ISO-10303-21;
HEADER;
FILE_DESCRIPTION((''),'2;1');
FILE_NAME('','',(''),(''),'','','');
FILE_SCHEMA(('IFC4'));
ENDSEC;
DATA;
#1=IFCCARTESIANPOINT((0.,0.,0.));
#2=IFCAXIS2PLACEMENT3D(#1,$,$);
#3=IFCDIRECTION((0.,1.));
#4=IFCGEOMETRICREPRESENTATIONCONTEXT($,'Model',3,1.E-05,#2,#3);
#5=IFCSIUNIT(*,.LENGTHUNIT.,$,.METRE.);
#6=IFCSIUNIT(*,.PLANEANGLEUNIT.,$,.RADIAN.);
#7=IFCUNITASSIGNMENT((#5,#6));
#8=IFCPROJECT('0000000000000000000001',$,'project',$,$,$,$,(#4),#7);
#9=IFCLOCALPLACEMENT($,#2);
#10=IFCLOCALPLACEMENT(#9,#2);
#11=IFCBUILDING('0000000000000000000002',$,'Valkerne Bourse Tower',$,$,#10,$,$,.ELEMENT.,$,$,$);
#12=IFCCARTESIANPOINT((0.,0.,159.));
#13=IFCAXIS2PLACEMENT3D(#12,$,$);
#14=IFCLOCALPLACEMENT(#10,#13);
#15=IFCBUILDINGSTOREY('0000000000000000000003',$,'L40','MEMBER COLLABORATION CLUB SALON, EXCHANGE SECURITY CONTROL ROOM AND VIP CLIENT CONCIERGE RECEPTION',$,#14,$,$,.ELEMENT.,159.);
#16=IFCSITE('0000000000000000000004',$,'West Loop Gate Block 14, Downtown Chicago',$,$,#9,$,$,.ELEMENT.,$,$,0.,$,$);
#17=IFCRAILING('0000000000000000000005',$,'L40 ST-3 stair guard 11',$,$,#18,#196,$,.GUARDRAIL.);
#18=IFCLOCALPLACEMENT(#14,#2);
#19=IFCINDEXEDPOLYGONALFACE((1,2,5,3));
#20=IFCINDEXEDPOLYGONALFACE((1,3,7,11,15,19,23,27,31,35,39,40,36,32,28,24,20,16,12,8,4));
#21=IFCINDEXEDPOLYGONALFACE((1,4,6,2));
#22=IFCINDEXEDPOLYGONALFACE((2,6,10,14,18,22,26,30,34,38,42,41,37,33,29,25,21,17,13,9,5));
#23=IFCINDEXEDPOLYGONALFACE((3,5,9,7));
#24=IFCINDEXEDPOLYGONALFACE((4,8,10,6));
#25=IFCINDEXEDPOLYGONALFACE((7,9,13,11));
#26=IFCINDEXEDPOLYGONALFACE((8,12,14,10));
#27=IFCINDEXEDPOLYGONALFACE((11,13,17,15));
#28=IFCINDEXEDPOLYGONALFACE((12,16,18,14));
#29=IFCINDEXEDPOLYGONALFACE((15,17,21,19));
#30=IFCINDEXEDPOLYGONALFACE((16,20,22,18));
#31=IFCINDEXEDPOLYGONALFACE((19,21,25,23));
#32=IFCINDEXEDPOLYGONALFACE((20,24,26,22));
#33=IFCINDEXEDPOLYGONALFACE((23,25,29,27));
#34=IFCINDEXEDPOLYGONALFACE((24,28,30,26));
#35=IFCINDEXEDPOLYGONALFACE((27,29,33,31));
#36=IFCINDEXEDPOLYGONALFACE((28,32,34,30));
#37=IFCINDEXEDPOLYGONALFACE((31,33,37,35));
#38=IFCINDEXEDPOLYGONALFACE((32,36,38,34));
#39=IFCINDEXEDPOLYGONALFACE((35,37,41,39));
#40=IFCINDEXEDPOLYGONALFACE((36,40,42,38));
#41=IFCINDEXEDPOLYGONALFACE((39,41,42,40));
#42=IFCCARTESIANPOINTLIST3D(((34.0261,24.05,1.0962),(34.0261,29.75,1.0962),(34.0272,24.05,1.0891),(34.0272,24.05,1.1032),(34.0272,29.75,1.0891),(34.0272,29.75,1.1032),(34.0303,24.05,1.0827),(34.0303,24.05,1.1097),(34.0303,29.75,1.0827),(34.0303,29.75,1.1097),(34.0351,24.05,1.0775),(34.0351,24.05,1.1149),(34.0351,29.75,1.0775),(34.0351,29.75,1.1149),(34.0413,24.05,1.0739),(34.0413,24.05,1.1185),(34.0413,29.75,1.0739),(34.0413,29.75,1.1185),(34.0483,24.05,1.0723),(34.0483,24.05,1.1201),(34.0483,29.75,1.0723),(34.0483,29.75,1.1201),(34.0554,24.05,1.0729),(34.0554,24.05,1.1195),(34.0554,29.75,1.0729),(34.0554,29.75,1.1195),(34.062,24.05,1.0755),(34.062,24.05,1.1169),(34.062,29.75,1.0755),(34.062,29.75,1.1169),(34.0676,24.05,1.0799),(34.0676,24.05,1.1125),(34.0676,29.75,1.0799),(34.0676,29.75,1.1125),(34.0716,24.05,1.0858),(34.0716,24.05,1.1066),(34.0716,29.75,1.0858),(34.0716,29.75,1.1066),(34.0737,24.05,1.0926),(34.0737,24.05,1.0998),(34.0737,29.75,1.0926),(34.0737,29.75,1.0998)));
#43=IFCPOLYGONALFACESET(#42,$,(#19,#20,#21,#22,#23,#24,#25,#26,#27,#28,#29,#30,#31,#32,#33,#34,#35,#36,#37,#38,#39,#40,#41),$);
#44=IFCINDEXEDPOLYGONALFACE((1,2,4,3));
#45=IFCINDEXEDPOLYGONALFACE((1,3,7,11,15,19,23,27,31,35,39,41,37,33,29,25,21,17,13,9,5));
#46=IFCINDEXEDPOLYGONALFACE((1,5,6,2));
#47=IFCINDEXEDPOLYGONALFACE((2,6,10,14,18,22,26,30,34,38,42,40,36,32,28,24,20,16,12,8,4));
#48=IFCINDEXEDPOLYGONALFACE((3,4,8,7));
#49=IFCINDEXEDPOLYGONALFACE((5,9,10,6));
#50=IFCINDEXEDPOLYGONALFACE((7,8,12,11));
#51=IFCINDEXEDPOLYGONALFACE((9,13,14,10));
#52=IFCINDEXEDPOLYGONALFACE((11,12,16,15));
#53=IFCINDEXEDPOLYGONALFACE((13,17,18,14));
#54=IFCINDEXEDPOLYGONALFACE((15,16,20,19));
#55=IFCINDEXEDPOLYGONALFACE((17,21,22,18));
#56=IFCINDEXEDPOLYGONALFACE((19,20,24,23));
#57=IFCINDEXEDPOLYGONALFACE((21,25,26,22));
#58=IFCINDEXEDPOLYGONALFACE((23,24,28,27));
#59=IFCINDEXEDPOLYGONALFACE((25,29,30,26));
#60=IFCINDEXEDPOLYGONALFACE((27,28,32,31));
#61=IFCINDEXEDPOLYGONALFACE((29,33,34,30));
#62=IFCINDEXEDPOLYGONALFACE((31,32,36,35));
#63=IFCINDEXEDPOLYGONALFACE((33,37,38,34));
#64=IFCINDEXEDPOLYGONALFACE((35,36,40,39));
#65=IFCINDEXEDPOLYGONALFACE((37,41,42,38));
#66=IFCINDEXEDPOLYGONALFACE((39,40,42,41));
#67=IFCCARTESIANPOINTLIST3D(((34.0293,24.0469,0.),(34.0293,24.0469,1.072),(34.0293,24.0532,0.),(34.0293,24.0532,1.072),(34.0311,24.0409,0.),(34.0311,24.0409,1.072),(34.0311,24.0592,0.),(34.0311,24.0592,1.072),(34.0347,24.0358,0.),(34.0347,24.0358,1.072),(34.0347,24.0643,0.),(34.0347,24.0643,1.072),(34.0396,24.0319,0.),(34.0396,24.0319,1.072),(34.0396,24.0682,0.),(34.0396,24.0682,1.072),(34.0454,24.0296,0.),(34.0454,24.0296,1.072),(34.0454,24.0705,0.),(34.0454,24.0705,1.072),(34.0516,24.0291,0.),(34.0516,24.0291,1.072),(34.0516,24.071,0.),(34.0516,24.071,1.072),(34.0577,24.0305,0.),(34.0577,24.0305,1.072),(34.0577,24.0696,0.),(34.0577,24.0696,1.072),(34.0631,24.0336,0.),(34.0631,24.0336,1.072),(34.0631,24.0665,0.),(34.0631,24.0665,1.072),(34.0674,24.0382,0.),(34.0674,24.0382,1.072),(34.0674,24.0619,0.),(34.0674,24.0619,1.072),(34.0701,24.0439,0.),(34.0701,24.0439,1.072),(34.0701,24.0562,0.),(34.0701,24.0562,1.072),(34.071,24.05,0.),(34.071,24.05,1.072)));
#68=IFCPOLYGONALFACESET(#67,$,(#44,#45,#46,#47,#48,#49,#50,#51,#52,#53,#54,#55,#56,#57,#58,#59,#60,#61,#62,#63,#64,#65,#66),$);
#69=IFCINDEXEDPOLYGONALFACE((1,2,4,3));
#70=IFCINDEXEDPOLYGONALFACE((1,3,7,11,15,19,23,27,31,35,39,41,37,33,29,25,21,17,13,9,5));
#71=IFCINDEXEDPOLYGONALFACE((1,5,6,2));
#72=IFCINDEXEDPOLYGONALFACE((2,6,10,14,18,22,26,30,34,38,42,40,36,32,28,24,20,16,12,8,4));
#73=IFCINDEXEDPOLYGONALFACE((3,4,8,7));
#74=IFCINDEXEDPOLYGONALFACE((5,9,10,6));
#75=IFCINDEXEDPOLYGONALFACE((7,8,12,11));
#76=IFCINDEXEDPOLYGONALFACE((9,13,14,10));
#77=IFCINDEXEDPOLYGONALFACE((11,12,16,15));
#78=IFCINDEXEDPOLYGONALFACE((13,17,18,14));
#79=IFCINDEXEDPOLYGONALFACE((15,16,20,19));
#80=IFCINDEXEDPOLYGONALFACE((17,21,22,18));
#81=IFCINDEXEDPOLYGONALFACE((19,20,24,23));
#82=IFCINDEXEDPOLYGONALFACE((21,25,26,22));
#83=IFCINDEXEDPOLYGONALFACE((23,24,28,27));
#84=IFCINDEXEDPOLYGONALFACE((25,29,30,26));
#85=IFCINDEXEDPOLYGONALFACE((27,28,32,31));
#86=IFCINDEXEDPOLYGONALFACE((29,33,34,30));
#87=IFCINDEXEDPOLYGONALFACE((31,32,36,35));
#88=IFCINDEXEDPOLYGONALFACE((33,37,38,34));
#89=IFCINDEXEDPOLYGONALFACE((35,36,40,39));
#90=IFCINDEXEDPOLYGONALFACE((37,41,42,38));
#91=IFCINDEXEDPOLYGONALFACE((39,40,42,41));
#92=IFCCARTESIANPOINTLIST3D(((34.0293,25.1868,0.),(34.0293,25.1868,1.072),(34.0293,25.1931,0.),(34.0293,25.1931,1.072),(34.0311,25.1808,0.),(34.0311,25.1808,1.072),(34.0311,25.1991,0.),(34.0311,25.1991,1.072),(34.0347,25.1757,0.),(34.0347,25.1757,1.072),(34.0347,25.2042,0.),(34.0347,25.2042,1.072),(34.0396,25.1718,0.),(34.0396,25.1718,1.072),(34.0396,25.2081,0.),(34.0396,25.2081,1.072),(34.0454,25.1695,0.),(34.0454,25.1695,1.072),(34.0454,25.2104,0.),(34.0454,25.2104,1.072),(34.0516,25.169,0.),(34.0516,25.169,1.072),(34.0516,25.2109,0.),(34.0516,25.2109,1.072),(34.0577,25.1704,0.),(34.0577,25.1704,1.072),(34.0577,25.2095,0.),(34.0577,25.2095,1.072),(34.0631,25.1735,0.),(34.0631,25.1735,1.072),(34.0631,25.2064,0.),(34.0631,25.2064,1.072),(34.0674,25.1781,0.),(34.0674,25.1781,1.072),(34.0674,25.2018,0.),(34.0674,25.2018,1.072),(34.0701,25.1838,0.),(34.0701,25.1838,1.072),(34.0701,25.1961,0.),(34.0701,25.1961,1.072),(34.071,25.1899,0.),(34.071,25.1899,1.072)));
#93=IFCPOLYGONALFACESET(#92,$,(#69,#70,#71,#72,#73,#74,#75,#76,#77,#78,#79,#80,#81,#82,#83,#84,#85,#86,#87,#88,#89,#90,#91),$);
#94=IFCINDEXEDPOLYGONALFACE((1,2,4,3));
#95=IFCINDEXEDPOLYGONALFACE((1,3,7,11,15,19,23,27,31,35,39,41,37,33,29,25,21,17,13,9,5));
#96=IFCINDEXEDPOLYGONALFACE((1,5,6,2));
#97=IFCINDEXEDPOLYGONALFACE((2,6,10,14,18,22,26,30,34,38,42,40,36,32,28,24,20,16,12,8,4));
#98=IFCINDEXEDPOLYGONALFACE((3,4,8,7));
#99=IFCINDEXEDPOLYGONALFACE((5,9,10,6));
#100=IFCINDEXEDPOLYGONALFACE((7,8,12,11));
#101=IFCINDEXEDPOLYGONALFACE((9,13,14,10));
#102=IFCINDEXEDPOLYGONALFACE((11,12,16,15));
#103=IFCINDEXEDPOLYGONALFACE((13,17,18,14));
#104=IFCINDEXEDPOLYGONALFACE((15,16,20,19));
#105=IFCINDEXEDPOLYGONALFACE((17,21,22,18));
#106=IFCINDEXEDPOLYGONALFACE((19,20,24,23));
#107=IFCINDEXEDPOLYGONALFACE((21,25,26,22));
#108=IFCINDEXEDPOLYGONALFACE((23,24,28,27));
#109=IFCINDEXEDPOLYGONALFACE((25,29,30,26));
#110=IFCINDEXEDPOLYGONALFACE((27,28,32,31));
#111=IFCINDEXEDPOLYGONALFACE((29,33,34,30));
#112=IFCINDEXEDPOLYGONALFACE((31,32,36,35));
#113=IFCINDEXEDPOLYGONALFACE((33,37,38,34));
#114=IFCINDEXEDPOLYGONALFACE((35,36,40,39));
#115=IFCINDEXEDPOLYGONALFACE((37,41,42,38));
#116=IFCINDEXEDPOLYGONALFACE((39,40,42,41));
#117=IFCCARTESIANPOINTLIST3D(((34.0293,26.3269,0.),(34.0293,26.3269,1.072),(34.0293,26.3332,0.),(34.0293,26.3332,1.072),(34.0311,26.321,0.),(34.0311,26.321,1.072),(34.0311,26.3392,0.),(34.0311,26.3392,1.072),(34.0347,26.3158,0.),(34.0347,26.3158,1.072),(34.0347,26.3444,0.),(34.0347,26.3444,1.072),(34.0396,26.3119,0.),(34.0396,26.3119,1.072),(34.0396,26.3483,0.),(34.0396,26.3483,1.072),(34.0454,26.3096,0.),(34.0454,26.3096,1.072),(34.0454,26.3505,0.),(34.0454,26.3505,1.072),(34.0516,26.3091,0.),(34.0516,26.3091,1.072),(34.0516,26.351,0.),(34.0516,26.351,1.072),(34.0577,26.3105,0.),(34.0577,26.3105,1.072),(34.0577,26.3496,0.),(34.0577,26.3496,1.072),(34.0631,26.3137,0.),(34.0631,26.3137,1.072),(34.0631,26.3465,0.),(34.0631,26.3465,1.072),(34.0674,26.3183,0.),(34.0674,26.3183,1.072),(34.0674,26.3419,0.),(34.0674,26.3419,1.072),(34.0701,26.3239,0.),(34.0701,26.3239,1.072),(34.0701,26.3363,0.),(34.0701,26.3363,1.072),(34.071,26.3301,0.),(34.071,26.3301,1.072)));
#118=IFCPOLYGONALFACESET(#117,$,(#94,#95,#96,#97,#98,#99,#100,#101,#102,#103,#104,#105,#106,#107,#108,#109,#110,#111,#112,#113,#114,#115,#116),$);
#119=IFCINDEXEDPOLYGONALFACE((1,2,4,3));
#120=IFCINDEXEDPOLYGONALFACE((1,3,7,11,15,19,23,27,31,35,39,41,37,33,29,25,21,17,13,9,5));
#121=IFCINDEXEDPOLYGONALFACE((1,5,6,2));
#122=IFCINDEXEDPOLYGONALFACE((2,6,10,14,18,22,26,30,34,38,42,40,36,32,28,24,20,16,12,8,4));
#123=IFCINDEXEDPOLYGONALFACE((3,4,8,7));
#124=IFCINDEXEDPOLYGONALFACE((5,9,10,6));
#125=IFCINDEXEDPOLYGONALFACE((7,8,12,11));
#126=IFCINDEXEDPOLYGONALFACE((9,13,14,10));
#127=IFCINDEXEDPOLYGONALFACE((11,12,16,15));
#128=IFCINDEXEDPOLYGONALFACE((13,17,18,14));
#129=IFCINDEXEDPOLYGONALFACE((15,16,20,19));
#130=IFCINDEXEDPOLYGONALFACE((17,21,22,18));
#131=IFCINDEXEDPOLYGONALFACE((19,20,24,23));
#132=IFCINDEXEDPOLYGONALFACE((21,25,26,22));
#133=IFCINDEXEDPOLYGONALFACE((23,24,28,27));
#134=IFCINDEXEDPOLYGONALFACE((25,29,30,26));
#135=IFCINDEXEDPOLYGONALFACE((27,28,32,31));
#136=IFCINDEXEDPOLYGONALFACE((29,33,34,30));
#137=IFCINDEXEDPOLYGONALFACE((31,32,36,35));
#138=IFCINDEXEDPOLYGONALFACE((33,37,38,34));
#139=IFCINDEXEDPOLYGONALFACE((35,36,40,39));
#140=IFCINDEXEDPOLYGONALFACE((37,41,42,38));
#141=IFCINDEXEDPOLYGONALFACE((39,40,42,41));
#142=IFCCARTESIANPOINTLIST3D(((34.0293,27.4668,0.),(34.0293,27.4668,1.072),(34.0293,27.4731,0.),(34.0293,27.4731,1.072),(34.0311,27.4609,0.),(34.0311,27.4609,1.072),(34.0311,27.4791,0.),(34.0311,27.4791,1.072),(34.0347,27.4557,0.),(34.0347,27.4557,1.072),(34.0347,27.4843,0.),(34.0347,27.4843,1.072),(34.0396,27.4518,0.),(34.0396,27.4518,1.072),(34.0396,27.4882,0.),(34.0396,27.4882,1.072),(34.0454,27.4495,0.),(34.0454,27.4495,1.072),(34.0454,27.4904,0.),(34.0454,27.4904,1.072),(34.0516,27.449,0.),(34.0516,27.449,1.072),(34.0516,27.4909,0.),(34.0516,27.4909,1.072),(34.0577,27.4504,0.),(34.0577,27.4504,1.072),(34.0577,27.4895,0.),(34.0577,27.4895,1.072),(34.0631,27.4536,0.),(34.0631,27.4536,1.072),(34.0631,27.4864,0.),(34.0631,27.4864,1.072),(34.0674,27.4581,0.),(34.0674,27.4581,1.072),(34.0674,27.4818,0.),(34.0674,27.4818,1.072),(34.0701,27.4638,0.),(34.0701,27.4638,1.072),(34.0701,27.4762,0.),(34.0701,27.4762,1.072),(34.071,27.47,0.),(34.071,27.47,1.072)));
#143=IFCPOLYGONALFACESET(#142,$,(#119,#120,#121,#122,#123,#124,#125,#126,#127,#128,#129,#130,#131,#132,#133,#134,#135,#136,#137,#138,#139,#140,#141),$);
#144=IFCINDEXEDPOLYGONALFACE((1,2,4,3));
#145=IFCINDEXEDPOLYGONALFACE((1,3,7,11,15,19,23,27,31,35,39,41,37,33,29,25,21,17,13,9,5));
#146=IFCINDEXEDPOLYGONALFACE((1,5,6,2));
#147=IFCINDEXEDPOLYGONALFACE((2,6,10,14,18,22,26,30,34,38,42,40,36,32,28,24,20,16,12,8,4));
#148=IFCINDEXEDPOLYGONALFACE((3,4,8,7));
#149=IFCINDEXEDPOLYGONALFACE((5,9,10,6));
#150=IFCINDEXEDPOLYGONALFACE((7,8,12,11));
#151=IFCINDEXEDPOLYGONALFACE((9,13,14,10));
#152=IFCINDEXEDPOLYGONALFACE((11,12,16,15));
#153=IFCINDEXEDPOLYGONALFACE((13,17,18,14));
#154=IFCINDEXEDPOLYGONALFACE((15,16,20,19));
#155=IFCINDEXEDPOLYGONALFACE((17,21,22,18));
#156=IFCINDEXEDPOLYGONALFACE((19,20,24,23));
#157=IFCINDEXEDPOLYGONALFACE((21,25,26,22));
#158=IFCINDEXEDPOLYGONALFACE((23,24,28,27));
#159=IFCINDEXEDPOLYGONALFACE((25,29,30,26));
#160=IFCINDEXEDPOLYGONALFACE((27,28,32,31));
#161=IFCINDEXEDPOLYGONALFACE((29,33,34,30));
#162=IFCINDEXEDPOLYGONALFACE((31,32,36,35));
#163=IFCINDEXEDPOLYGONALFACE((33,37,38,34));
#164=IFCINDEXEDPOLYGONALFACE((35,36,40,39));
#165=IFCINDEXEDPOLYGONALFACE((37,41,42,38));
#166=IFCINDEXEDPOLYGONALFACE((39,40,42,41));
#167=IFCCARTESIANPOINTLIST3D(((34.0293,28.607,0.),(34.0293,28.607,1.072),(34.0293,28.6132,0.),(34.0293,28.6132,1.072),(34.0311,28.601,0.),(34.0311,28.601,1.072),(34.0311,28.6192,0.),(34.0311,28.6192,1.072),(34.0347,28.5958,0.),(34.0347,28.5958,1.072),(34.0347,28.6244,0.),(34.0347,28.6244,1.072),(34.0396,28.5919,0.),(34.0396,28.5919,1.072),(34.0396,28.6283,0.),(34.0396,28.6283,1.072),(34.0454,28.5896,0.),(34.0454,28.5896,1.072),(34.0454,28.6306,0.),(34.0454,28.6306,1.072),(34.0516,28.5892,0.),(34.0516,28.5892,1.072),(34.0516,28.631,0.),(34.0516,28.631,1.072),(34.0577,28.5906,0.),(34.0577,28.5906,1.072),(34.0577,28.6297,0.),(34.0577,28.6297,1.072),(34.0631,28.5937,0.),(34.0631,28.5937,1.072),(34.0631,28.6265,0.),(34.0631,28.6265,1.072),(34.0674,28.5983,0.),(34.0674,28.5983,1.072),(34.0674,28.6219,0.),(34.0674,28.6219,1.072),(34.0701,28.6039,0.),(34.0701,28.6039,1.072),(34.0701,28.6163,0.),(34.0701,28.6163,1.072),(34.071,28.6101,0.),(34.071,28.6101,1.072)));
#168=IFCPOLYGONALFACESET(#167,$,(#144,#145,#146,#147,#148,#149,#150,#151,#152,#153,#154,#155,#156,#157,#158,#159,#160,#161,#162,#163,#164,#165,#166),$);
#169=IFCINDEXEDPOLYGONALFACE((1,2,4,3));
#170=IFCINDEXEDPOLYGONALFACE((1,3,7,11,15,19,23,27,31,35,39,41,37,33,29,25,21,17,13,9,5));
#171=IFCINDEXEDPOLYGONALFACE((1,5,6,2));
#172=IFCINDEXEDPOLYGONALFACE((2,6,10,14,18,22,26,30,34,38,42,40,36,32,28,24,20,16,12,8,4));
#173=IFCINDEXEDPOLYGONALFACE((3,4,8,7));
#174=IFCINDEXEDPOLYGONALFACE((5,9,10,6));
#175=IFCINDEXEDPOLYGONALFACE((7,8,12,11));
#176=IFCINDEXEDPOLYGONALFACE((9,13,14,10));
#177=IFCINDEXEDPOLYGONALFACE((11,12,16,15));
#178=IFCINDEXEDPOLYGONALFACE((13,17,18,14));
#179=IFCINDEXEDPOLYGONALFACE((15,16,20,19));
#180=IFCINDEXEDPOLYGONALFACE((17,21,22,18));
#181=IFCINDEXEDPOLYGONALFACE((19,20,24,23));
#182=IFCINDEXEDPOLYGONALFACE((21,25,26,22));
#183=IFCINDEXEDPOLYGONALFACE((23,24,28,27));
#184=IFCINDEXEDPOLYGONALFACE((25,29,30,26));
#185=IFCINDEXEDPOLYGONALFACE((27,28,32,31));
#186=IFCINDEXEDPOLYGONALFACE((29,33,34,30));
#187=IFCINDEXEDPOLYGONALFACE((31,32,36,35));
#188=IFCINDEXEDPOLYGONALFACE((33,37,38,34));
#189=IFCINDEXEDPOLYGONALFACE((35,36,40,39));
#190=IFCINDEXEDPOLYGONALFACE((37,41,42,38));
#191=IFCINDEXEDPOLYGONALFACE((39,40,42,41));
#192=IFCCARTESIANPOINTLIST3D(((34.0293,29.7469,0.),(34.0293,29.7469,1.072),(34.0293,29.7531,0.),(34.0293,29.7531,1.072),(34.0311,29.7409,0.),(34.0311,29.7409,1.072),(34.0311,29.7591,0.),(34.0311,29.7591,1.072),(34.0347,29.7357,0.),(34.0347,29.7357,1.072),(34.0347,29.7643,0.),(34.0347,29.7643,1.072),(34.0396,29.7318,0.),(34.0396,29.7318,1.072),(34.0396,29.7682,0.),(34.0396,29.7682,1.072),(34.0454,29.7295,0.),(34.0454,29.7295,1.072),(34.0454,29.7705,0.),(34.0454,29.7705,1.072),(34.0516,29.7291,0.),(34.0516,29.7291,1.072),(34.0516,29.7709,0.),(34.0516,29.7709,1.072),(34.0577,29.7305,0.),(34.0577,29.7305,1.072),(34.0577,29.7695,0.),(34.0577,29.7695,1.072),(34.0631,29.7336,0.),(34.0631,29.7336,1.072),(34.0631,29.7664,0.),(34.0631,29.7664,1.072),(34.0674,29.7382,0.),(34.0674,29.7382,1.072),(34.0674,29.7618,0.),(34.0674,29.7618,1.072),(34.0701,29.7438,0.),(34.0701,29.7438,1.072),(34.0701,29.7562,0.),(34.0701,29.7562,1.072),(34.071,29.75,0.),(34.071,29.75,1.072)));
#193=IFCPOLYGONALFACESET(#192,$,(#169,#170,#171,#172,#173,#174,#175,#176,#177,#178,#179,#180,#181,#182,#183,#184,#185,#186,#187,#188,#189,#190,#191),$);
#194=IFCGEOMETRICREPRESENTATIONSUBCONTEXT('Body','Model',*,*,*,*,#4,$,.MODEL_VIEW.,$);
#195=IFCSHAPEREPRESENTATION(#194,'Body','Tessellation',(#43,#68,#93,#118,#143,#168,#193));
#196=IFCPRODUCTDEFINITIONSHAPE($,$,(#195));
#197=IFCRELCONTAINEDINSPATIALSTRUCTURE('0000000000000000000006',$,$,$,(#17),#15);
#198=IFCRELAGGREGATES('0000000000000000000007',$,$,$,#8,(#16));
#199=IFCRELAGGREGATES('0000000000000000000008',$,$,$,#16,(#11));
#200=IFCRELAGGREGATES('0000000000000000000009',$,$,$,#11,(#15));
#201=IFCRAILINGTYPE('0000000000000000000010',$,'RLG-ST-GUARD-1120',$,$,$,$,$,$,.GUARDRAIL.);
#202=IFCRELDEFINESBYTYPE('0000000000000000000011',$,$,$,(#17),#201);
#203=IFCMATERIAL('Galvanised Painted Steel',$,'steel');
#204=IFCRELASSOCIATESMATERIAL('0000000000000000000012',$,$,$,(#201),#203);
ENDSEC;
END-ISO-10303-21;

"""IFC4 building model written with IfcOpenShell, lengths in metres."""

from ifc_helpers import new_model, si_unit, direction, frame, origin, origin_2d, place, context, subcontext, project, spatial, circle, extrude, material, type_object, element, save


model = new_model("IFC4")

# Units and contexts
model_context = context("Model", 3, precision=1e-05, world=origin(), true_north=direction((0.0, 1.0)))
body_context = subcontext(model_context, "Body", "Model", "MODEL_VIEW")
ifc_project = project(units=[si_unit("LENGTHUNIT", "METRE"), si_unit("PLANEANGLEUNIT", "RADIAN")], contexts=[model_context])

# Site, building, storey
site_placement = place(None, origin())
site = spatial("IfcSite", under=ifc_project, at=site_placement, Name="West Loop Gate Block 14, Downtown Chicago", CompositionType="ELEMENT", RefElevation=0.0)
building_placement = place(site_placement, origin())
building = spatial("IfcBuilding", under=site, at=building_placement, Name="Valkerne Bourse Tower", CompositionType="ELEMENT")
storey_placement = place(building_placement, frame((0.0, 0.0, 159.0)))
storey = spatial("IfcBuildingStorey", under=building, at=storey_placement, Name="L40", Description="MEMBER COLLABORATION CLUB SALON, EXCHANGE SECURITY CONTROL ROOM AND VIP CLIENT CONCIERGE RECEPTION", CompositionType="ELEMENT", Elevation=159.0)

# Shared definitions
ifc_material_1 = material(Name="Galvanised Painted Steel", Category="steel")

# Railing
railing_type = type_object("IfcRailingType", Name="RLG-ST-GUARD-1120", PredefinedType="GUARDRAIL", material=ifc_material_1)
for number, where, name in (
    (1, (34.05, 24.05, 0.0), "L40 ST-3 stair guard 11"),
):
    element("IfcRailing", number, at=place(storey_placement, frame(where)), inside=storey, type_object=railing_type, Name=name, PredefinedType="GUARDRAIL", context=body_context, shape_type="SweptSolid", body=[
        extrude(circle(Radius=0.0239, at=origin_2d()), frame((0.0, 0.0, 1.0962), z_axis=(0.0, 1.0, 0.0), x_axis=(-1.0, 0.0, 0.0)), (0.0, 0.0, 1.0), 5.7),
        extrude(circle(Radius=0.021, at=origin_2d()), origin(), (0.0, 0.0, 1.0), 1.072),
        extrude(circle(Radius=0.021, at=origin_2d()), frame((0.0, 1.1399, 0.0)), (0.0, 0.0, 1.0), 1.072),
        extrude(circle(Radius=0.021, at=origin_2d()), frame((0.0, 2.28, 0.0)), (0.0, 0.0, 1.0), 1.072),
        extrude(circle(Radius=0.021, at=origin_2d()), frame((0.0, 3.4199, 0.0)), (0.0, 0.0, 1.0), 1.072),
        extrude(circle(Radius=0.021, at=origin_2d()), frame((0.0, 4.5601, 0.0)), (0.0, 0.0, 1.0), 1.072),
        extrude(circle(Radius=0.021, at=origin_2d()), frame((0.0, 5.7, 0.0)), (0.0, 0.0, 1.0), 1.072),
    ])

save(model, "model.ifc")
